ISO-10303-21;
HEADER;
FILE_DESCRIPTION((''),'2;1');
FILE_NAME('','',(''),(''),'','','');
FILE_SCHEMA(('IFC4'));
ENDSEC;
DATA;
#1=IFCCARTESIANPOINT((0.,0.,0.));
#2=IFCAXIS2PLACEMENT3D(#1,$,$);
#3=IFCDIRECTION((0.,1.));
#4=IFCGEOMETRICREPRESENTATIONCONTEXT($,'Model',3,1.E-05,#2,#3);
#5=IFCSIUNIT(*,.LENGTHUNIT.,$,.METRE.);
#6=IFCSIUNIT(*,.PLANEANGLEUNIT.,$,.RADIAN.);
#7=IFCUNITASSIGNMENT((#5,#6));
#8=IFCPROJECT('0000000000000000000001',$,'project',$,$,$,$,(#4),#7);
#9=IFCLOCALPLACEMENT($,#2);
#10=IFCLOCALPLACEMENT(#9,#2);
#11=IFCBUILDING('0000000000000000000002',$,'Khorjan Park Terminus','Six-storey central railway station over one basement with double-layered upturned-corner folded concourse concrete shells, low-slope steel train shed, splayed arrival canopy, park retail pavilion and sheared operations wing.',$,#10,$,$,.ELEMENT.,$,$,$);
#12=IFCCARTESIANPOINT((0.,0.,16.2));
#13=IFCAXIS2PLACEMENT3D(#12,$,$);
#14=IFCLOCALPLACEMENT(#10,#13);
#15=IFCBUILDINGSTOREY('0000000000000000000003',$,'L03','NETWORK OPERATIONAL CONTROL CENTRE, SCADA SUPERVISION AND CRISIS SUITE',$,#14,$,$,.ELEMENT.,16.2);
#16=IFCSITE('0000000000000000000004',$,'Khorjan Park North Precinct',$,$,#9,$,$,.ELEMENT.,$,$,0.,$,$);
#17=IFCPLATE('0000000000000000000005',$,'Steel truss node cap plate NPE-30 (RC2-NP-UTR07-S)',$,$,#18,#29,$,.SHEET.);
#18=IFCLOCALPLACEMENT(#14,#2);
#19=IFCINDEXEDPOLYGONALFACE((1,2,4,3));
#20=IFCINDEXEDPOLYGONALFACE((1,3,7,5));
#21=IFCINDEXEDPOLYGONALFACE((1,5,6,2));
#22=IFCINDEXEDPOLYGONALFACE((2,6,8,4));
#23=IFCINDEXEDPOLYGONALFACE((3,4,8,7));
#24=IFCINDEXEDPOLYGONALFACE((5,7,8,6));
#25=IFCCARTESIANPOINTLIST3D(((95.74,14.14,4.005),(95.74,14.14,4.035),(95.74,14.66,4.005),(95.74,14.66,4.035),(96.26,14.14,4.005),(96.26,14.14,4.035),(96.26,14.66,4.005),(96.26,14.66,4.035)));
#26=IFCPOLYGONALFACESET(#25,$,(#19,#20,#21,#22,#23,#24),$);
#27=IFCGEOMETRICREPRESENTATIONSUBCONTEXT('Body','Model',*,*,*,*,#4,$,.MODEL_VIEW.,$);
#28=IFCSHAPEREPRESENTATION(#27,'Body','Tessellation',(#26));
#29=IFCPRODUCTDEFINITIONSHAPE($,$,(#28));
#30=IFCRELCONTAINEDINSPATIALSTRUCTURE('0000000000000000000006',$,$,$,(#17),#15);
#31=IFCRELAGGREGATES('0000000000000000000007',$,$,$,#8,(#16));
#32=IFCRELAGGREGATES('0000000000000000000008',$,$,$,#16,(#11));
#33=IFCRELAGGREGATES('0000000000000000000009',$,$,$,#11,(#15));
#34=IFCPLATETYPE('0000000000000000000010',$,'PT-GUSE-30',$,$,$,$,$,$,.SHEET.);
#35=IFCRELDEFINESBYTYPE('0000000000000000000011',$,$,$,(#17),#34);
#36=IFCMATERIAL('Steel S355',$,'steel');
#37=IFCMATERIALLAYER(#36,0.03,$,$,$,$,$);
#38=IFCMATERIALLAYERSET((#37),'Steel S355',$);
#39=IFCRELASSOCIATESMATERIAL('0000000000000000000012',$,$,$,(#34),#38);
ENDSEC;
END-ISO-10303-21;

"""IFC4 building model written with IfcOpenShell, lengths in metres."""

from ifc_helpers import new_model, si_unit, direction, frame, origin, origin_2d, place, context, subcontext, project, spatial, rectangle, extrude, material, layer, layer_set, type_object, element, save


model = new_model("IFC4")

# Units and contexts
model_context = context("Model", 3, precision=1e-05, world=origin(), true_north=direction((0.0, 1.0)))
body_context = subcontext(model_context, "Body", "Model", "MODEL_VIEW")
ifc_project = project(units=[si_unit("LENGTHUNIT", "METRE"), si_unit("PLANEANGLEUNIT", "RADIAN")], contexts=[model_context])

# Site, building, storey
site_placement = place(None, origin())
site = spatial("IfcSite", under=ifc_project, at=site_placement, Name="Khorjan Park North Precinct", CompositionType="ELEMENT", RefElevation=0.0)
building_placement = place(site_placement, origin())
building = spatial("IfcBuilding", under=site, at=building_placement, Name="Khorjan Park Terminus", Description="Six-storey central railway station over one basement with double-layered upturned-corner folded concourse concrete shells, low-slope steel train shed, splayed arrival canopy, park retail pavilion and sheared operations wing.", CompositionType="ELEMENT")
storey_placement = place(building_placement, frame((0.0, 0.0, 16.2)))
storey = spatial("IfcBuildingStorey", under=building, at=storey_placement, Name="L03", Description="NETWORK OPERATIONAL CONTROL CENTRE, SCADA SUPERVISION AND CRISIS SUITE", CompositionType="ELEMENT", Elevation=16.2)

# Shared definitions
ifc_material_1 = material(Name="Steel S355", Category="steel")

# Plate
ifc_layer_1 = layer(ifc_material_1, 0.03)
ifc_layer_set_1 = layer_set([ifc_layer_1], Name="Steel S355")
plate_type_1 = type_object("IfcPlateType", Name="PT-GUSE-30", PredefinedType="SHEET", material=ifc_layer_set_1)
plate_placement = place(storey_placement, frame((96.0, 14.4, 4.005), z_axis=(0.0, 0.0, 1.0), x_axis=(1.0, 0.0, 0.0)))
element("IfcPlate", 1, at=plate_placement, inside=storey, type_object=plate_type_1, Name="Steel truss node cap plate NPE-30 (RC2-NP-UTR07-S)", PredefinedType="SHEET", context=body_context, shape_type="SweptSolid", body=[
    extrude(rectangle(XDim=0.52, YDim=0.52, at=origin_2d()), origin(), (0.0, 0.0, 1.0), 0.03),
])

save(model, "model.ifc")
